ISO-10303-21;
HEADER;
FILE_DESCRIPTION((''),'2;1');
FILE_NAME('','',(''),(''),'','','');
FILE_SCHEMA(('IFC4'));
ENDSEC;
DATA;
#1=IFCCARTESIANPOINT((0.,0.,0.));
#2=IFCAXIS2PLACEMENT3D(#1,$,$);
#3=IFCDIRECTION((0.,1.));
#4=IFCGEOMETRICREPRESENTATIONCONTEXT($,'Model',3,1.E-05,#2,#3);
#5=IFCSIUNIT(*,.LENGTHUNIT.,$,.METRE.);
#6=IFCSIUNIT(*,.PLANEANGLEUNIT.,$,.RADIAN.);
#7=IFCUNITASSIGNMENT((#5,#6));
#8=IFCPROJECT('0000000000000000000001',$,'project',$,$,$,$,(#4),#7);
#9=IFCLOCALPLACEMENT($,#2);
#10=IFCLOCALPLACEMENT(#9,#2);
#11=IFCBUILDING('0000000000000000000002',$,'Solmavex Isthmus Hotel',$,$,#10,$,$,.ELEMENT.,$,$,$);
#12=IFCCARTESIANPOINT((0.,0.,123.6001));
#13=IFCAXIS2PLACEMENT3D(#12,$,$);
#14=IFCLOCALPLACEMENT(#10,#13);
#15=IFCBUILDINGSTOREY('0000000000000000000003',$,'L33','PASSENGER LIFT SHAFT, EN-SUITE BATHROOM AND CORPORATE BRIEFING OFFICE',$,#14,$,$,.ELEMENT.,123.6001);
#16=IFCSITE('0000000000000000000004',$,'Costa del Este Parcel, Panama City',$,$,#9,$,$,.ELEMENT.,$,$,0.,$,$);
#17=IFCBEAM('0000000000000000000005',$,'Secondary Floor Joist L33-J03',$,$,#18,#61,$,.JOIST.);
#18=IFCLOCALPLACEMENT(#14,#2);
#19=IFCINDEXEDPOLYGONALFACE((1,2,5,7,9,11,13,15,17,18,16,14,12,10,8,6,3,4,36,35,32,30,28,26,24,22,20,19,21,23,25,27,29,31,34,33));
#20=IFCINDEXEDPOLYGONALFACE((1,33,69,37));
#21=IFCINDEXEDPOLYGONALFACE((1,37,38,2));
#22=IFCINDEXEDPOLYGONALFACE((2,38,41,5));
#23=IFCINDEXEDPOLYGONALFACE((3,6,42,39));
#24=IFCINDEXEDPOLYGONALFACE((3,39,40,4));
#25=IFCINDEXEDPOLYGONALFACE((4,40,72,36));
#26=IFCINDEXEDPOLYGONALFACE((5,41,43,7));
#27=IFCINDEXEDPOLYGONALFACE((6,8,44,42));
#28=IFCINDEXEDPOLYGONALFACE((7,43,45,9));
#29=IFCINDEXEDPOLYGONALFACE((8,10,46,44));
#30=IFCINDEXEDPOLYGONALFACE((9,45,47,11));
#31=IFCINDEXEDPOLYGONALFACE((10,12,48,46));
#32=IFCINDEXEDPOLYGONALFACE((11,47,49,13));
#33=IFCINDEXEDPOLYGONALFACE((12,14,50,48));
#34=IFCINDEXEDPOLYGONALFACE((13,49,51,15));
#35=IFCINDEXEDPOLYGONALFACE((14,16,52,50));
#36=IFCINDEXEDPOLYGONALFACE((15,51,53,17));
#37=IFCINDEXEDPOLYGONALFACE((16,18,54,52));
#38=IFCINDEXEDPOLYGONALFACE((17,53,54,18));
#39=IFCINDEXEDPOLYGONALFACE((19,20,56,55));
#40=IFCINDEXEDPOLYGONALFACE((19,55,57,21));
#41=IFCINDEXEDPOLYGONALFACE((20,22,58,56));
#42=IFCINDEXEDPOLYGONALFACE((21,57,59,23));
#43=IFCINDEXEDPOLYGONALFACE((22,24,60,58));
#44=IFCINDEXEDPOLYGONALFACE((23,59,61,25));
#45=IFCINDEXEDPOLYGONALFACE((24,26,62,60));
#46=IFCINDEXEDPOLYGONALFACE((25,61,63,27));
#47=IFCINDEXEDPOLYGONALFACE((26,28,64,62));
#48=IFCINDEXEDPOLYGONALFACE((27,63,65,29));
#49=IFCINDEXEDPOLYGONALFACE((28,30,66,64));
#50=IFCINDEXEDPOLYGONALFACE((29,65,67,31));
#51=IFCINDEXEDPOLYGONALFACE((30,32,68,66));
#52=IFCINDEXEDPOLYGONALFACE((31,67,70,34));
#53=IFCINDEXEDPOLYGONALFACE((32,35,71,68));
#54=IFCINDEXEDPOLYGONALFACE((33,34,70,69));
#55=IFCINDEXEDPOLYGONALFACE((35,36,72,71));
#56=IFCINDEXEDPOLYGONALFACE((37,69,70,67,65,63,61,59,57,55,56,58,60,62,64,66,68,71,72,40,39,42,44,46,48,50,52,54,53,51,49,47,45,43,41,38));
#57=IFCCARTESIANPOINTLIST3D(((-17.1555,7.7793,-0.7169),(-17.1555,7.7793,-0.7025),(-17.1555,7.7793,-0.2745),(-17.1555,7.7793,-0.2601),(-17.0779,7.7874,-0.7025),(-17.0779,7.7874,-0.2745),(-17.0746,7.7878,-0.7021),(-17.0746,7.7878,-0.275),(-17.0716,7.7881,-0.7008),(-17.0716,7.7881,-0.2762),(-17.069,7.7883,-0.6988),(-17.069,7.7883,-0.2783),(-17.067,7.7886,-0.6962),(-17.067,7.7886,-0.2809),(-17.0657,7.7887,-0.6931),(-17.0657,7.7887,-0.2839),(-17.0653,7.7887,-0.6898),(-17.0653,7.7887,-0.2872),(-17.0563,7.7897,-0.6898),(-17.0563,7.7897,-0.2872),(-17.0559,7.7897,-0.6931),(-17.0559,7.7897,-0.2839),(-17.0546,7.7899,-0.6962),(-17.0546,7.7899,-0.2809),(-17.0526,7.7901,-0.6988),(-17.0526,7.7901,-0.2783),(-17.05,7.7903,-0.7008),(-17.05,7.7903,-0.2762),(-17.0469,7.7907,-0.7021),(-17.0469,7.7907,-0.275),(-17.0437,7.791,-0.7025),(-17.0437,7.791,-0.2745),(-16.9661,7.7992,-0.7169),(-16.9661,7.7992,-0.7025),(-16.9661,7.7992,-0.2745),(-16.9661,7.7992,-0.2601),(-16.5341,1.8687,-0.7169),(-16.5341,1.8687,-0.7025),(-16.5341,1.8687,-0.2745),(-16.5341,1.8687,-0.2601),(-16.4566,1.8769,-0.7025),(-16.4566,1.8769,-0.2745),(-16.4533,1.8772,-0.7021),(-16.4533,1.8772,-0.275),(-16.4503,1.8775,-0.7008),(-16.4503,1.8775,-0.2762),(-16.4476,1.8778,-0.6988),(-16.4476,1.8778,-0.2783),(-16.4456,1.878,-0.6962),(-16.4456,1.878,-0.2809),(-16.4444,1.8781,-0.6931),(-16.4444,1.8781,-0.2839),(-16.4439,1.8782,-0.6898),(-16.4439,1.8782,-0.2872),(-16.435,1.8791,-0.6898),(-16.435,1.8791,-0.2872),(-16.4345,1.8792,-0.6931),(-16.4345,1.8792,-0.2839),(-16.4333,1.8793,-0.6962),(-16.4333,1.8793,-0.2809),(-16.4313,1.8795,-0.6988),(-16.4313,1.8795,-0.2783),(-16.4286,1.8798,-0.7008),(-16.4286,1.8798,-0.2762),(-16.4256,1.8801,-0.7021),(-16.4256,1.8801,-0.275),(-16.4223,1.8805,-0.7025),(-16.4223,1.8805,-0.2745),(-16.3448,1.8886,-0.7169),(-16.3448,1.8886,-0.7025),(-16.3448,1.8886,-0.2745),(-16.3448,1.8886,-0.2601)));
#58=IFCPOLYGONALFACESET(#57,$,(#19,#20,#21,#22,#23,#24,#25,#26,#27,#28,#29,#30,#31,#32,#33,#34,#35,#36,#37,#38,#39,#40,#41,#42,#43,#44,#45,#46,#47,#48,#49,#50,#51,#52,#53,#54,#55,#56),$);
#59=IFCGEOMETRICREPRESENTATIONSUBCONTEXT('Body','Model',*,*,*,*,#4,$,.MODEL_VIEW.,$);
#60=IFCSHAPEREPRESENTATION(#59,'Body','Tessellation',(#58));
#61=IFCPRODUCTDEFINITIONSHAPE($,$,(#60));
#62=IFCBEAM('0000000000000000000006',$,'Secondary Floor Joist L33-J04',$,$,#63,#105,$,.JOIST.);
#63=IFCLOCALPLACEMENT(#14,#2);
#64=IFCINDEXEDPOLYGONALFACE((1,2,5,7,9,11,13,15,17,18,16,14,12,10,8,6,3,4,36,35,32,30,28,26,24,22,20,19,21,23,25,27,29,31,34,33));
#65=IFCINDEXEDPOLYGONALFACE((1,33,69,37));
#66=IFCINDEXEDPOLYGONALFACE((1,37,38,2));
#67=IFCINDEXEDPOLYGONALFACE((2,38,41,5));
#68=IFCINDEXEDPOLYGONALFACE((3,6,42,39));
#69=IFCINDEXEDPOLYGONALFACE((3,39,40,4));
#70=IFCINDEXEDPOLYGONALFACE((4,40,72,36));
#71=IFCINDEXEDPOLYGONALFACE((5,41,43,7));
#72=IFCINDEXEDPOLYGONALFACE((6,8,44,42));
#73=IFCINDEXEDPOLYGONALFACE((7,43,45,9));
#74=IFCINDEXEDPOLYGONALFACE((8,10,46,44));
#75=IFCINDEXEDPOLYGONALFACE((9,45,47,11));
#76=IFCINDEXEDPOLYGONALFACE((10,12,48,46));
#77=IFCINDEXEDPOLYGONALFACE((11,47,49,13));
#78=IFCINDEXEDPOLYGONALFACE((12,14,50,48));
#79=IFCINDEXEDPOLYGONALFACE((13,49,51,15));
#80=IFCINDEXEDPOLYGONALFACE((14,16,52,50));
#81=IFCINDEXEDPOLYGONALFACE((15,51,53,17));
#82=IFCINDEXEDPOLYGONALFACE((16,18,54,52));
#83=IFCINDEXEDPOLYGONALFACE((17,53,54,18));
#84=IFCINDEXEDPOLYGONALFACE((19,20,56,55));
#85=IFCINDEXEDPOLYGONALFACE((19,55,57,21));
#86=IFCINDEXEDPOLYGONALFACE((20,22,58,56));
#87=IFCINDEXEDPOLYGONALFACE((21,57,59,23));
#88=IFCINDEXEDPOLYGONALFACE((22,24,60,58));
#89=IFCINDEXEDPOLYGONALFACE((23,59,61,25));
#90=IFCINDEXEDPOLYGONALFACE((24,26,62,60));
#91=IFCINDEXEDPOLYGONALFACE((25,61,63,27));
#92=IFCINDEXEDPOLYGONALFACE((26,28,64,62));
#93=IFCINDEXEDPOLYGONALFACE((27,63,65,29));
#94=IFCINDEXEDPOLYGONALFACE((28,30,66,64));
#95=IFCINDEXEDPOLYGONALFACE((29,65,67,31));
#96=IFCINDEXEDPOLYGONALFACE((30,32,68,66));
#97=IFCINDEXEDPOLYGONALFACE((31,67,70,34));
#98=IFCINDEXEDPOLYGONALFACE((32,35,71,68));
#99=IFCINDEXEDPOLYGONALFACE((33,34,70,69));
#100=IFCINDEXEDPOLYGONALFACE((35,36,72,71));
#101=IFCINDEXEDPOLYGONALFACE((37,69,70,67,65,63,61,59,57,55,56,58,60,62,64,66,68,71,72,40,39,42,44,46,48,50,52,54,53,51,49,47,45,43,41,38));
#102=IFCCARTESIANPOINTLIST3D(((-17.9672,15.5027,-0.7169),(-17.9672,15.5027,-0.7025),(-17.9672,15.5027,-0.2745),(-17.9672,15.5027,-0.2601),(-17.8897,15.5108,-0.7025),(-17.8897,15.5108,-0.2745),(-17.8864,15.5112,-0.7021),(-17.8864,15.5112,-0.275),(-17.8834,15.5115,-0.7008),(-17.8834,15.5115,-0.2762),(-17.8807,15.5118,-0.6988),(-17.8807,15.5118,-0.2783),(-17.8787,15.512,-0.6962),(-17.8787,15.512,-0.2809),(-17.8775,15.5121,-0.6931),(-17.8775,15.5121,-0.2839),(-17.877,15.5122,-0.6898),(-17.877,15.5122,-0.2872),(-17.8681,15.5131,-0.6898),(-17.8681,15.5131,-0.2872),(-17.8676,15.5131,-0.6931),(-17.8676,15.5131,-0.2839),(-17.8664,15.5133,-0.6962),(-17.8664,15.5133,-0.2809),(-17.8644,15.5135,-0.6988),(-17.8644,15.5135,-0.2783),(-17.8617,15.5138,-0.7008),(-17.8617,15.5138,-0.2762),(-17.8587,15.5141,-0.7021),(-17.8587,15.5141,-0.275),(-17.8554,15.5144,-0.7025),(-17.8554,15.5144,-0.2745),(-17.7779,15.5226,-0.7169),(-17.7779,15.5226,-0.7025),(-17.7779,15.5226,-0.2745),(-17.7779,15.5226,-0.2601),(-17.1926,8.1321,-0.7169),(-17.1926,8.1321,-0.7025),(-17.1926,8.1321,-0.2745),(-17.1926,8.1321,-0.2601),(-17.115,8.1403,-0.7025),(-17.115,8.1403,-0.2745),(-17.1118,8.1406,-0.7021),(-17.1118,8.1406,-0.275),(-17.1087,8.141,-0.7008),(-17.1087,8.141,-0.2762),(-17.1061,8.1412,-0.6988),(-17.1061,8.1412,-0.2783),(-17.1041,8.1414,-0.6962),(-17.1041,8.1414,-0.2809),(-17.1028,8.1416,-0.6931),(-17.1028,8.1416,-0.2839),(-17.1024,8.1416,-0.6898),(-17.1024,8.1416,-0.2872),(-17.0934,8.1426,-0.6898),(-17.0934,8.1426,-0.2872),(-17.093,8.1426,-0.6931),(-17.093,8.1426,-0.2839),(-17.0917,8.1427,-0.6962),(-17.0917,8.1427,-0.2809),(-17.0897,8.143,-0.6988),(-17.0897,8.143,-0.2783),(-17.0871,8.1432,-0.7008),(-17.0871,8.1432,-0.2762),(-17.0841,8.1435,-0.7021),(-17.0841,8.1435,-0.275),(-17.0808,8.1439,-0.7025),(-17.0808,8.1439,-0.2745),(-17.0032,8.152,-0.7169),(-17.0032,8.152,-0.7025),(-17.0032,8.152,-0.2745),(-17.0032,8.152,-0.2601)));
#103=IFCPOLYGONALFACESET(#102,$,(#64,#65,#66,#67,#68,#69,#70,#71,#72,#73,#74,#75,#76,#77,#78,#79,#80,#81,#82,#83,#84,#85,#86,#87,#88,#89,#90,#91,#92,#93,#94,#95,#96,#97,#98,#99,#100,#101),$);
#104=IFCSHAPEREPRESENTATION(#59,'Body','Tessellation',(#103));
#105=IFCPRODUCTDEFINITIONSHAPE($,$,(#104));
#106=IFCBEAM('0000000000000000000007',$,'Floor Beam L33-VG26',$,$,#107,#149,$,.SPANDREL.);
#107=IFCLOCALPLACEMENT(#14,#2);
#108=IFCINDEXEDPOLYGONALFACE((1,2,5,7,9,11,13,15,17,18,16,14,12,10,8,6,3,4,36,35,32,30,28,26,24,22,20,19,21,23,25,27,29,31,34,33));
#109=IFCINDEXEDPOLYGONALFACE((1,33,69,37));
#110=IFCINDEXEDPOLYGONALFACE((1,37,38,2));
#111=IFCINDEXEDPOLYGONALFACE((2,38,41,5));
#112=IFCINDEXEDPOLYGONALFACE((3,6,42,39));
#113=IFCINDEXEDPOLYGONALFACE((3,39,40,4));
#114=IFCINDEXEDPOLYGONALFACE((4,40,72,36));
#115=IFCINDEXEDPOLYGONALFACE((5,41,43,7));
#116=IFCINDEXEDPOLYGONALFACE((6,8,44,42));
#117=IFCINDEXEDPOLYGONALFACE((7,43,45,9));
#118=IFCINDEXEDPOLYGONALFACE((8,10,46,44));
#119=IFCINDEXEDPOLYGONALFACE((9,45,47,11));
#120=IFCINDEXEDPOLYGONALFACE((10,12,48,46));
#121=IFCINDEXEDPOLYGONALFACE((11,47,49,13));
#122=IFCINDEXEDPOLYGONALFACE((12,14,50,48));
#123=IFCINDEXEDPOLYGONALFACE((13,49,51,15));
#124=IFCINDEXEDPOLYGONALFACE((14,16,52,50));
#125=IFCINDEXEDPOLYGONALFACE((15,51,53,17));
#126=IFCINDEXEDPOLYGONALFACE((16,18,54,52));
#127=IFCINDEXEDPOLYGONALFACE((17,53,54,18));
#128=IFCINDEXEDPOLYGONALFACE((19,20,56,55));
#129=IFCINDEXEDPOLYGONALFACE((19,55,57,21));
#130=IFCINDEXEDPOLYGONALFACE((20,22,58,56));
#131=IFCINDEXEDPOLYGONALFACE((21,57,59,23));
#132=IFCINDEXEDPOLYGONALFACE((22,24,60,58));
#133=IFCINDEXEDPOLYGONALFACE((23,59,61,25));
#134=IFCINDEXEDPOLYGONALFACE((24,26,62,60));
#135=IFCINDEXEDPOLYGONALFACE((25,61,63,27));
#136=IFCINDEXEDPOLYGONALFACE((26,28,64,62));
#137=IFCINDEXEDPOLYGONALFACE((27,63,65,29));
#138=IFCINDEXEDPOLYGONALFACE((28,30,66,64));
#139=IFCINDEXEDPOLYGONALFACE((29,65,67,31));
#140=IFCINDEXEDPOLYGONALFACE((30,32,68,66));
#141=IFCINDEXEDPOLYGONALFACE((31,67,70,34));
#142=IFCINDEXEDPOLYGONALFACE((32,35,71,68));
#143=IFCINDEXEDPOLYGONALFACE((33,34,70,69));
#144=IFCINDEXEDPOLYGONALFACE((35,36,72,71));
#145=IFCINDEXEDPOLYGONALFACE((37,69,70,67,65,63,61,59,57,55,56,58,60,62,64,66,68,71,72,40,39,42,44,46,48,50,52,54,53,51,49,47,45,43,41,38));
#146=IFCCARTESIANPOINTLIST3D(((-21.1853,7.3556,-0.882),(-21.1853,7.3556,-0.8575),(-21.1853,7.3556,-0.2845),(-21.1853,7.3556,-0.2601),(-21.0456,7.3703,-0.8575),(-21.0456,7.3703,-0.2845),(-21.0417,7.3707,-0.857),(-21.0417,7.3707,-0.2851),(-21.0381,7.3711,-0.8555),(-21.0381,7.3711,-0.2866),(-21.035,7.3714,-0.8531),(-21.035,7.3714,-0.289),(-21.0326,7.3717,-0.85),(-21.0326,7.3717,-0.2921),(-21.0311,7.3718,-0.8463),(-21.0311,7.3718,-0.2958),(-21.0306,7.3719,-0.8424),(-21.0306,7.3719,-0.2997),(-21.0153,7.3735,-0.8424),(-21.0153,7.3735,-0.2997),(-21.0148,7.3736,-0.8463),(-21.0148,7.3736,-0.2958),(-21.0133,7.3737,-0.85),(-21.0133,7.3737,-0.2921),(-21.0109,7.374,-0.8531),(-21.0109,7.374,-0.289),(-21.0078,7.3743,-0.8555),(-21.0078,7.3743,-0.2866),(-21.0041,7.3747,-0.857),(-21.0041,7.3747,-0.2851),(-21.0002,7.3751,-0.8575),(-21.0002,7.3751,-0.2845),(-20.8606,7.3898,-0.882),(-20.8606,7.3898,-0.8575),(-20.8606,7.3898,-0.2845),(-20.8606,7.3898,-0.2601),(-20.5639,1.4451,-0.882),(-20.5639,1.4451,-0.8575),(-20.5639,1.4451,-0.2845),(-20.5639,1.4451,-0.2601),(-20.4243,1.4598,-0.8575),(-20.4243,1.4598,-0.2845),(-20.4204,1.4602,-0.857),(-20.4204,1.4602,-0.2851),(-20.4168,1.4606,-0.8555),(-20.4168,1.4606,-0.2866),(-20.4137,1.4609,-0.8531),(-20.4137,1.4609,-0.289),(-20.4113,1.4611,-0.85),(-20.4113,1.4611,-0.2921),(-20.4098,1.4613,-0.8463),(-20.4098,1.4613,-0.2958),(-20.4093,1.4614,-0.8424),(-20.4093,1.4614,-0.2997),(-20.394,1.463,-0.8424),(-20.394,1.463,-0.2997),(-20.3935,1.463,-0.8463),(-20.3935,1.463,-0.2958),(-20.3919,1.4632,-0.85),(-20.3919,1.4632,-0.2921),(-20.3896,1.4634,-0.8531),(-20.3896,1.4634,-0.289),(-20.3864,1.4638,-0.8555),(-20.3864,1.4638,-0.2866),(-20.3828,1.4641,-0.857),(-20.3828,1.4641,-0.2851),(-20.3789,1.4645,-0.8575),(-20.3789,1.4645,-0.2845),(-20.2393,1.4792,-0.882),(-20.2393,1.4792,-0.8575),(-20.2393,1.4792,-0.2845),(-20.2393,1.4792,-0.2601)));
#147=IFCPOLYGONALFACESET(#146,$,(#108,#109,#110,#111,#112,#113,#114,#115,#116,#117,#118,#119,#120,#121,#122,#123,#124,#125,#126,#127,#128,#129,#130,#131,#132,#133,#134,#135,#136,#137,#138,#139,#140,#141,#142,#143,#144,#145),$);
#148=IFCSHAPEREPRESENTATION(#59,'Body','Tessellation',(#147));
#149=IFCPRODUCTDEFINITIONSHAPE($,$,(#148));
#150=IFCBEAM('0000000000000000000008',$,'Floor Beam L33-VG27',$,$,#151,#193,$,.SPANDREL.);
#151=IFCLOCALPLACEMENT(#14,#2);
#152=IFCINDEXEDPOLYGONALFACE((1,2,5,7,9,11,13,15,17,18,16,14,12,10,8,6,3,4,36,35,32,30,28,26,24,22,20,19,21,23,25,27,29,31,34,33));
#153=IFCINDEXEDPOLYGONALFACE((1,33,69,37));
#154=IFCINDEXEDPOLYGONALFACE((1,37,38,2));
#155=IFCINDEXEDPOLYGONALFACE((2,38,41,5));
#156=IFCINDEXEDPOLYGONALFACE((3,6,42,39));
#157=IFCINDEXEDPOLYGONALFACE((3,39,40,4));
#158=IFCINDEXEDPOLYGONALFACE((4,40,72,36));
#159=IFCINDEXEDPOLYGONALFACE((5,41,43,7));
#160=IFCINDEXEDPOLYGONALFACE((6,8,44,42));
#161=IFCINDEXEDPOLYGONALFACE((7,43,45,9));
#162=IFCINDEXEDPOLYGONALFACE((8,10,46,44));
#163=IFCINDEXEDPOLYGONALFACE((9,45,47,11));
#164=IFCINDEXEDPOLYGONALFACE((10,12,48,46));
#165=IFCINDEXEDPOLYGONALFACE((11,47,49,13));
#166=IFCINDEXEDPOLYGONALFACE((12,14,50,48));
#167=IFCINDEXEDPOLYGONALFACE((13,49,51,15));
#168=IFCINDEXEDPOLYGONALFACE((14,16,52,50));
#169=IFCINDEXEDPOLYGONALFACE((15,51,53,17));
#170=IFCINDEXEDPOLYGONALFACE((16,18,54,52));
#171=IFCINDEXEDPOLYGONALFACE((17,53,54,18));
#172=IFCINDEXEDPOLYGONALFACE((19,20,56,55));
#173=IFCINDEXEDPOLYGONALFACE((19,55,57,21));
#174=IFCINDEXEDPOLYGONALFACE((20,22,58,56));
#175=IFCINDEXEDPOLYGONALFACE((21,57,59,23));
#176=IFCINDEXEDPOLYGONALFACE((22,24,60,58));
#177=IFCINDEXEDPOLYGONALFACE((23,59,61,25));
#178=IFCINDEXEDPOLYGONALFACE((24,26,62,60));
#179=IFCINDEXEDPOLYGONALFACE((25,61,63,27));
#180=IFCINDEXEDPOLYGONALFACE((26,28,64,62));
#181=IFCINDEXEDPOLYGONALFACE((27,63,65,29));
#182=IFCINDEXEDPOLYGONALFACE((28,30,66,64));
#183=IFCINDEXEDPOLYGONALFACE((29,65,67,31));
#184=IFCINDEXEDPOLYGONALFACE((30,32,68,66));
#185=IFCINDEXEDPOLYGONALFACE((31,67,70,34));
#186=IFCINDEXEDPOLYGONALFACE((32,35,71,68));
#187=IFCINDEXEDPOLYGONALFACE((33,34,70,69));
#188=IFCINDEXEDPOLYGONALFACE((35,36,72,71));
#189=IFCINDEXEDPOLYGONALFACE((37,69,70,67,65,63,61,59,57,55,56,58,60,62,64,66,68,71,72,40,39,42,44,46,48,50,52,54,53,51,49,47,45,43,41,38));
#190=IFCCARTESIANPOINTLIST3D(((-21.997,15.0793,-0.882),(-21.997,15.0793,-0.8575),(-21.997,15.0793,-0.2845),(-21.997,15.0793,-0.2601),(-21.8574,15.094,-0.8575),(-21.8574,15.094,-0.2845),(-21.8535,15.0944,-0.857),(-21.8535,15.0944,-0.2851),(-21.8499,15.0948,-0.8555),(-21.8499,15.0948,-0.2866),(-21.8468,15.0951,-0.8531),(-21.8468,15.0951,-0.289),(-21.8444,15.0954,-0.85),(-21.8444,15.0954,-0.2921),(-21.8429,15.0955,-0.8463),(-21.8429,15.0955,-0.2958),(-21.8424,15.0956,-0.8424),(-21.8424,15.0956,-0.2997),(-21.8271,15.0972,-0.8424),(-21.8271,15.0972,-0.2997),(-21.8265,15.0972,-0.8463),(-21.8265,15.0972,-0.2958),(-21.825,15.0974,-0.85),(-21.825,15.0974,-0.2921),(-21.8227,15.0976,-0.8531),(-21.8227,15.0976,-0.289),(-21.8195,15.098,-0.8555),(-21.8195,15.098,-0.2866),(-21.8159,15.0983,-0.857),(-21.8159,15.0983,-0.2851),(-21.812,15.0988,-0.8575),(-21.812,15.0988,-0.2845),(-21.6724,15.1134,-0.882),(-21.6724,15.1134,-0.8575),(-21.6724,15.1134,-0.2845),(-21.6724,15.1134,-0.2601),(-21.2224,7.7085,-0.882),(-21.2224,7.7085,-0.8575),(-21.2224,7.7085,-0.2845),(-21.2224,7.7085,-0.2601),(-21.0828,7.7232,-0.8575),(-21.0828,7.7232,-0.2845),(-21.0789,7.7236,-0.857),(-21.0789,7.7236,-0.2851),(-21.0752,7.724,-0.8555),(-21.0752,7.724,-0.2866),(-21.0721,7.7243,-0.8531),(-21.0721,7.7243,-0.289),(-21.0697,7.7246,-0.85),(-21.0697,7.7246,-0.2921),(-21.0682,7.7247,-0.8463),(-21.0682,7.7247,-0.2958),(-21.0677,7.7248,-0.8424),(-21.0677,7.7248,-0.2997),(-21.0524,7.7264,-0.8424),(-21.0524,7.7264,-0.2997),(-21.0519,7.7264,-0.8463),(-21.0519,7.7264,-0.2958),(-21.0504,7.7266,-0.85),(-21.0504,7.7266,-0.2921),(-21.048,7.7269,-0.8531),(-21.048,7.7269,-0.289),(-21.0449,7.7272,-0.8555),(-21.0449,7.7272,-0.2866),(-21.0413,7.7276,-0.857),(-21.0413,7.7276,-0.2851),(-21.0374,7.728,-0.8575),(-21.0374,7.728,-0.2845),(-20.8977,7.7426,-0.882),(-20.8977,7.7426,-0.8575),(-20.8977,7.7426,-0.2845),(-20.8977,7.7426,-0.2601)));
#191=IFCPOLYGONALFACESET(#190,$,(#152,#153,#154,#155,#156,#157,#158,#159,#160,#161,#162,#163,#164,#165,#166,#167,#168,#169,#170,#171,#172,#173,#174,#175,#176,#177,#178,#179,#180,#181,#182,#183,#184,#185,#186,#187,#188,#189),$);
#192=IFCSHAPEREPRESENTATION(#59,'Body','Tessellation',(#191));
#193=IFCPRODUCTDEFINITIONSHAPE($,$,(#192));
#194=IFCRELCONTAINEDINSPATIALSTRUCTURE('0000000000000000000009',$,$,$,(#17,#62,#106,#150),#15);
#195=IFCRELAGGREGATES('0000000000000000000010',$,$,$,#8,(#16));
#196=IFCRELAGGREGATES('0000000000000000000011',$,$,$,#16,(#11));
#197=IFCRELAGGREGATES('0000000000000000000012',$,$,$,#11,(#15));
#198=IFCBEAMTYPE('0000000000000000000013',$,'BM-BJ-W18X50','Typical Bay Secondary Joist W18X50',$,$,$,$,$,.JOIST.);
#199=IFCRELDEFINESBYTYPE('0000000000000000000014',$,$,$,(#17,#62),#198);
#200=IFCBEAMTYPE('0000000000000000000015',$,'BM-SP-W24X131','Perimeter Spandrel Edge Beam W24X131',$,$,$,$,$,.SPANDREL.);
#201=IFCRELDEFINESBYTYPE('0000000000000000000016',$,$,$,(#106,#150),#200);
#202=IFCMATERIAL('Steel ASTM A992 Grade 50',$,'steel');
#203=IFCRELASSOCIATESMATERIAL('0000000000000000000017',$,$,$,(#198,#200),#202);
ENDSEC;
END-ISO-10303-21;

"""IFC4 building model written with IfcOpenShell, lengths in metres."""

from ifc_helpers import new_model, si_unit, direction, frame, origin, origin_2d, place, context, subcontext, project, spatial, i_section, extrude, material, material_profile, profile_set, type_object, element, save


model = new_model("IFC4")

# Units and contexts
model_context = context("Model", 3, precision=1e-05, world=origin(), true_north=direction((0.0, 1.0)))
body_context = subcontext(model_context, "Body", "Model", "MODEL_VIEW")
ifc_project = project(units=[si_unit("LENGTHUNIT", "METRE"), si_unit("PLANEANGLEUNIT", "RADIAN")], contexts=[model_context])

# Site, building, storey
site_placement = place(None, origin())
site = spatial("IfcSite", under=ifc_project, at=site_placement, Name="Costa del Este Parcel, Panama City", CompositionType="ELEMENT", RefElevation=0.0)
building_placement = place(site_placement, origin())
building = spatial("IfcBuilding", under=site, at=building_placement, Name="Solmavex Isthmus Hotel", CompositionType="ELEMENT")
storey_placement = place(building_placement, frame((0.0, 0.0, 123.6001)))
storey = spatial("IfcBuildingStorey", under=building, at=storey_placement, Name="L33", Description="PASSENGER LIFT SHAFT, EN-SUITE BATHROOM AND CORPORATE BRIEFING OFFICE", CompositionType="ELEMENT", Elevation=123.6001)

# Beams
ifc_material_1 = material(Name="Steel ASTM A992 Grade 50", Category="steel")
ifc_material_profile_1 = material_profile(ifc_material_1, i_section(OverallWidth=0.1904, OverallDepth=0.4568, WebThickness=0.009, FlangeThickness=0.0144, FilletRadius=0.0127, at=origin_2d()), Name="W18X50")
ifc_profile_set_1 = profile_set([ifc_material_profile_1], Name="Steel ASTM A992 Grade 50")
beam_type_1 = type_object("IfcBeamType", Name="BM-BJ-W18X50", Description="Typical Bay Secondary Joist W18X50", PredefinedType="JOIST", material=ifc_profile_set_1)
beam_1_placement = place(storey_placement, frame((-16.4395, 1.8787, -0.4885), z_axis=(-0.104546, 0.99452, 0.0), x_axis=(-0.99452, -0.104546, 0.0)))
element("IfcBeam", 1, at=beam_1_placement, inside=storey, type_object=beam_type_1, Name="Secondary Floor Joist L33-J03", PredefinedType="JOIST", context=body_context, shape_type="SweptSolid", body=[
    extrude(i_section(OverallWidth=0.1904, OverallDepth=0.4568, WebThickness=0.009, FlangeThickness=0.0144, FilletRadius=0.0127, at=origin_2d()), origin(), (0.0, 0.0, 1.0), 5.9431),
])
beam_2_placement = place(storey_placement, frame((-17.0979, 8.1421, -0.4885), z_axis=(-0.104525, 0.994522, 0.0), x_axis=(-0.994522, -0.104525, 0.0)))
element("IfcBeam", 2, at=beam_2_placement, inside=storey, type_object=beam_type_1, Name="Secondary Floor Joist L33-J04", PredefinedType="JOIST", context=body_context, shape_type="SweptSolid", body=[
    extrude(i_section(OverallWidth=0.1904, OverallDepth=0.4568, WebThickness=0.009, FlangeThickness=0.0144, FilletRadius=0.0127, at=origin_2d()), origin(), (0.0, 0.0, 1.0), 7.4111),
])
ifc_material_profile_2 = material_profile(ifc_material_1, i_section(OverallWidth=0.3264, OverallDepth=0.6218, WebThickness=0.0154, FlangeThickness=0.0244, FilletRadius=0.0151, at=origin_2d()), Name="W24X131")
ifc_profile_set_2 = profile_set([ifc_material_profile_2], Name="Steel ASTM A992 Grade 50")
beam_type_2 = type_object("IfcBeamType", Name="BM-SP-W24X131", Description="Perimeter Spandrel Edge Beam W24X131", PredefinedType="SPANDREL", material=ifc_profile_set_2)
beam_3_placement = place(storey_placement, frame((-20.4016, 1.4622, -0.571), z_axis=(-0.104546, 0.99452, 0.0), x_axis=(-0.99452, -0.104546, 0.0)))
element("IfcBeam", 3, at=beam_3_placement, inside=storey, type_object=beam_type_2, Name="Floor Beam L33-VG26", PredefinedType="SPANDREL", context=body_context, shape_type="SweptSolid", body=[
    extrude(i_section(OverallWidth=0.3264, OverallDepth=0.6218, WebThickness=0.0154, FlangeThickness=0.0244, FilletRadius=0.0151, at=origin_2d()), origin(), (0.0, 0.0, 1.0), 5.9431),
])
beam_4_placement = place(storey_placement, frame((-21.0601, 7.7256, -0.571), z_axis=(-0.104522, 0.994523, 0.0), x_axis=(-0.994523, -0.104522, 0.0)))
element("IfcBeam", 4, at=beam_4_placement, inside=storey, type_object=beam_type_2, Name="Floor Beam L33-VG27", PredefinedType="SPANDREL", context=body_context, shape_type="SweptSolid", body=[
    extrude(i_section(OverallWidth=0.3264, OverallDepth=0.6218, WebThickness=0.0154, FlangeThickness=0.0244, FilletRadius=0.0151, at=origin_2d()), origin(), (0.0, 0.0, 1.0), 7.4114),
])

save(model, "model.ifc")
